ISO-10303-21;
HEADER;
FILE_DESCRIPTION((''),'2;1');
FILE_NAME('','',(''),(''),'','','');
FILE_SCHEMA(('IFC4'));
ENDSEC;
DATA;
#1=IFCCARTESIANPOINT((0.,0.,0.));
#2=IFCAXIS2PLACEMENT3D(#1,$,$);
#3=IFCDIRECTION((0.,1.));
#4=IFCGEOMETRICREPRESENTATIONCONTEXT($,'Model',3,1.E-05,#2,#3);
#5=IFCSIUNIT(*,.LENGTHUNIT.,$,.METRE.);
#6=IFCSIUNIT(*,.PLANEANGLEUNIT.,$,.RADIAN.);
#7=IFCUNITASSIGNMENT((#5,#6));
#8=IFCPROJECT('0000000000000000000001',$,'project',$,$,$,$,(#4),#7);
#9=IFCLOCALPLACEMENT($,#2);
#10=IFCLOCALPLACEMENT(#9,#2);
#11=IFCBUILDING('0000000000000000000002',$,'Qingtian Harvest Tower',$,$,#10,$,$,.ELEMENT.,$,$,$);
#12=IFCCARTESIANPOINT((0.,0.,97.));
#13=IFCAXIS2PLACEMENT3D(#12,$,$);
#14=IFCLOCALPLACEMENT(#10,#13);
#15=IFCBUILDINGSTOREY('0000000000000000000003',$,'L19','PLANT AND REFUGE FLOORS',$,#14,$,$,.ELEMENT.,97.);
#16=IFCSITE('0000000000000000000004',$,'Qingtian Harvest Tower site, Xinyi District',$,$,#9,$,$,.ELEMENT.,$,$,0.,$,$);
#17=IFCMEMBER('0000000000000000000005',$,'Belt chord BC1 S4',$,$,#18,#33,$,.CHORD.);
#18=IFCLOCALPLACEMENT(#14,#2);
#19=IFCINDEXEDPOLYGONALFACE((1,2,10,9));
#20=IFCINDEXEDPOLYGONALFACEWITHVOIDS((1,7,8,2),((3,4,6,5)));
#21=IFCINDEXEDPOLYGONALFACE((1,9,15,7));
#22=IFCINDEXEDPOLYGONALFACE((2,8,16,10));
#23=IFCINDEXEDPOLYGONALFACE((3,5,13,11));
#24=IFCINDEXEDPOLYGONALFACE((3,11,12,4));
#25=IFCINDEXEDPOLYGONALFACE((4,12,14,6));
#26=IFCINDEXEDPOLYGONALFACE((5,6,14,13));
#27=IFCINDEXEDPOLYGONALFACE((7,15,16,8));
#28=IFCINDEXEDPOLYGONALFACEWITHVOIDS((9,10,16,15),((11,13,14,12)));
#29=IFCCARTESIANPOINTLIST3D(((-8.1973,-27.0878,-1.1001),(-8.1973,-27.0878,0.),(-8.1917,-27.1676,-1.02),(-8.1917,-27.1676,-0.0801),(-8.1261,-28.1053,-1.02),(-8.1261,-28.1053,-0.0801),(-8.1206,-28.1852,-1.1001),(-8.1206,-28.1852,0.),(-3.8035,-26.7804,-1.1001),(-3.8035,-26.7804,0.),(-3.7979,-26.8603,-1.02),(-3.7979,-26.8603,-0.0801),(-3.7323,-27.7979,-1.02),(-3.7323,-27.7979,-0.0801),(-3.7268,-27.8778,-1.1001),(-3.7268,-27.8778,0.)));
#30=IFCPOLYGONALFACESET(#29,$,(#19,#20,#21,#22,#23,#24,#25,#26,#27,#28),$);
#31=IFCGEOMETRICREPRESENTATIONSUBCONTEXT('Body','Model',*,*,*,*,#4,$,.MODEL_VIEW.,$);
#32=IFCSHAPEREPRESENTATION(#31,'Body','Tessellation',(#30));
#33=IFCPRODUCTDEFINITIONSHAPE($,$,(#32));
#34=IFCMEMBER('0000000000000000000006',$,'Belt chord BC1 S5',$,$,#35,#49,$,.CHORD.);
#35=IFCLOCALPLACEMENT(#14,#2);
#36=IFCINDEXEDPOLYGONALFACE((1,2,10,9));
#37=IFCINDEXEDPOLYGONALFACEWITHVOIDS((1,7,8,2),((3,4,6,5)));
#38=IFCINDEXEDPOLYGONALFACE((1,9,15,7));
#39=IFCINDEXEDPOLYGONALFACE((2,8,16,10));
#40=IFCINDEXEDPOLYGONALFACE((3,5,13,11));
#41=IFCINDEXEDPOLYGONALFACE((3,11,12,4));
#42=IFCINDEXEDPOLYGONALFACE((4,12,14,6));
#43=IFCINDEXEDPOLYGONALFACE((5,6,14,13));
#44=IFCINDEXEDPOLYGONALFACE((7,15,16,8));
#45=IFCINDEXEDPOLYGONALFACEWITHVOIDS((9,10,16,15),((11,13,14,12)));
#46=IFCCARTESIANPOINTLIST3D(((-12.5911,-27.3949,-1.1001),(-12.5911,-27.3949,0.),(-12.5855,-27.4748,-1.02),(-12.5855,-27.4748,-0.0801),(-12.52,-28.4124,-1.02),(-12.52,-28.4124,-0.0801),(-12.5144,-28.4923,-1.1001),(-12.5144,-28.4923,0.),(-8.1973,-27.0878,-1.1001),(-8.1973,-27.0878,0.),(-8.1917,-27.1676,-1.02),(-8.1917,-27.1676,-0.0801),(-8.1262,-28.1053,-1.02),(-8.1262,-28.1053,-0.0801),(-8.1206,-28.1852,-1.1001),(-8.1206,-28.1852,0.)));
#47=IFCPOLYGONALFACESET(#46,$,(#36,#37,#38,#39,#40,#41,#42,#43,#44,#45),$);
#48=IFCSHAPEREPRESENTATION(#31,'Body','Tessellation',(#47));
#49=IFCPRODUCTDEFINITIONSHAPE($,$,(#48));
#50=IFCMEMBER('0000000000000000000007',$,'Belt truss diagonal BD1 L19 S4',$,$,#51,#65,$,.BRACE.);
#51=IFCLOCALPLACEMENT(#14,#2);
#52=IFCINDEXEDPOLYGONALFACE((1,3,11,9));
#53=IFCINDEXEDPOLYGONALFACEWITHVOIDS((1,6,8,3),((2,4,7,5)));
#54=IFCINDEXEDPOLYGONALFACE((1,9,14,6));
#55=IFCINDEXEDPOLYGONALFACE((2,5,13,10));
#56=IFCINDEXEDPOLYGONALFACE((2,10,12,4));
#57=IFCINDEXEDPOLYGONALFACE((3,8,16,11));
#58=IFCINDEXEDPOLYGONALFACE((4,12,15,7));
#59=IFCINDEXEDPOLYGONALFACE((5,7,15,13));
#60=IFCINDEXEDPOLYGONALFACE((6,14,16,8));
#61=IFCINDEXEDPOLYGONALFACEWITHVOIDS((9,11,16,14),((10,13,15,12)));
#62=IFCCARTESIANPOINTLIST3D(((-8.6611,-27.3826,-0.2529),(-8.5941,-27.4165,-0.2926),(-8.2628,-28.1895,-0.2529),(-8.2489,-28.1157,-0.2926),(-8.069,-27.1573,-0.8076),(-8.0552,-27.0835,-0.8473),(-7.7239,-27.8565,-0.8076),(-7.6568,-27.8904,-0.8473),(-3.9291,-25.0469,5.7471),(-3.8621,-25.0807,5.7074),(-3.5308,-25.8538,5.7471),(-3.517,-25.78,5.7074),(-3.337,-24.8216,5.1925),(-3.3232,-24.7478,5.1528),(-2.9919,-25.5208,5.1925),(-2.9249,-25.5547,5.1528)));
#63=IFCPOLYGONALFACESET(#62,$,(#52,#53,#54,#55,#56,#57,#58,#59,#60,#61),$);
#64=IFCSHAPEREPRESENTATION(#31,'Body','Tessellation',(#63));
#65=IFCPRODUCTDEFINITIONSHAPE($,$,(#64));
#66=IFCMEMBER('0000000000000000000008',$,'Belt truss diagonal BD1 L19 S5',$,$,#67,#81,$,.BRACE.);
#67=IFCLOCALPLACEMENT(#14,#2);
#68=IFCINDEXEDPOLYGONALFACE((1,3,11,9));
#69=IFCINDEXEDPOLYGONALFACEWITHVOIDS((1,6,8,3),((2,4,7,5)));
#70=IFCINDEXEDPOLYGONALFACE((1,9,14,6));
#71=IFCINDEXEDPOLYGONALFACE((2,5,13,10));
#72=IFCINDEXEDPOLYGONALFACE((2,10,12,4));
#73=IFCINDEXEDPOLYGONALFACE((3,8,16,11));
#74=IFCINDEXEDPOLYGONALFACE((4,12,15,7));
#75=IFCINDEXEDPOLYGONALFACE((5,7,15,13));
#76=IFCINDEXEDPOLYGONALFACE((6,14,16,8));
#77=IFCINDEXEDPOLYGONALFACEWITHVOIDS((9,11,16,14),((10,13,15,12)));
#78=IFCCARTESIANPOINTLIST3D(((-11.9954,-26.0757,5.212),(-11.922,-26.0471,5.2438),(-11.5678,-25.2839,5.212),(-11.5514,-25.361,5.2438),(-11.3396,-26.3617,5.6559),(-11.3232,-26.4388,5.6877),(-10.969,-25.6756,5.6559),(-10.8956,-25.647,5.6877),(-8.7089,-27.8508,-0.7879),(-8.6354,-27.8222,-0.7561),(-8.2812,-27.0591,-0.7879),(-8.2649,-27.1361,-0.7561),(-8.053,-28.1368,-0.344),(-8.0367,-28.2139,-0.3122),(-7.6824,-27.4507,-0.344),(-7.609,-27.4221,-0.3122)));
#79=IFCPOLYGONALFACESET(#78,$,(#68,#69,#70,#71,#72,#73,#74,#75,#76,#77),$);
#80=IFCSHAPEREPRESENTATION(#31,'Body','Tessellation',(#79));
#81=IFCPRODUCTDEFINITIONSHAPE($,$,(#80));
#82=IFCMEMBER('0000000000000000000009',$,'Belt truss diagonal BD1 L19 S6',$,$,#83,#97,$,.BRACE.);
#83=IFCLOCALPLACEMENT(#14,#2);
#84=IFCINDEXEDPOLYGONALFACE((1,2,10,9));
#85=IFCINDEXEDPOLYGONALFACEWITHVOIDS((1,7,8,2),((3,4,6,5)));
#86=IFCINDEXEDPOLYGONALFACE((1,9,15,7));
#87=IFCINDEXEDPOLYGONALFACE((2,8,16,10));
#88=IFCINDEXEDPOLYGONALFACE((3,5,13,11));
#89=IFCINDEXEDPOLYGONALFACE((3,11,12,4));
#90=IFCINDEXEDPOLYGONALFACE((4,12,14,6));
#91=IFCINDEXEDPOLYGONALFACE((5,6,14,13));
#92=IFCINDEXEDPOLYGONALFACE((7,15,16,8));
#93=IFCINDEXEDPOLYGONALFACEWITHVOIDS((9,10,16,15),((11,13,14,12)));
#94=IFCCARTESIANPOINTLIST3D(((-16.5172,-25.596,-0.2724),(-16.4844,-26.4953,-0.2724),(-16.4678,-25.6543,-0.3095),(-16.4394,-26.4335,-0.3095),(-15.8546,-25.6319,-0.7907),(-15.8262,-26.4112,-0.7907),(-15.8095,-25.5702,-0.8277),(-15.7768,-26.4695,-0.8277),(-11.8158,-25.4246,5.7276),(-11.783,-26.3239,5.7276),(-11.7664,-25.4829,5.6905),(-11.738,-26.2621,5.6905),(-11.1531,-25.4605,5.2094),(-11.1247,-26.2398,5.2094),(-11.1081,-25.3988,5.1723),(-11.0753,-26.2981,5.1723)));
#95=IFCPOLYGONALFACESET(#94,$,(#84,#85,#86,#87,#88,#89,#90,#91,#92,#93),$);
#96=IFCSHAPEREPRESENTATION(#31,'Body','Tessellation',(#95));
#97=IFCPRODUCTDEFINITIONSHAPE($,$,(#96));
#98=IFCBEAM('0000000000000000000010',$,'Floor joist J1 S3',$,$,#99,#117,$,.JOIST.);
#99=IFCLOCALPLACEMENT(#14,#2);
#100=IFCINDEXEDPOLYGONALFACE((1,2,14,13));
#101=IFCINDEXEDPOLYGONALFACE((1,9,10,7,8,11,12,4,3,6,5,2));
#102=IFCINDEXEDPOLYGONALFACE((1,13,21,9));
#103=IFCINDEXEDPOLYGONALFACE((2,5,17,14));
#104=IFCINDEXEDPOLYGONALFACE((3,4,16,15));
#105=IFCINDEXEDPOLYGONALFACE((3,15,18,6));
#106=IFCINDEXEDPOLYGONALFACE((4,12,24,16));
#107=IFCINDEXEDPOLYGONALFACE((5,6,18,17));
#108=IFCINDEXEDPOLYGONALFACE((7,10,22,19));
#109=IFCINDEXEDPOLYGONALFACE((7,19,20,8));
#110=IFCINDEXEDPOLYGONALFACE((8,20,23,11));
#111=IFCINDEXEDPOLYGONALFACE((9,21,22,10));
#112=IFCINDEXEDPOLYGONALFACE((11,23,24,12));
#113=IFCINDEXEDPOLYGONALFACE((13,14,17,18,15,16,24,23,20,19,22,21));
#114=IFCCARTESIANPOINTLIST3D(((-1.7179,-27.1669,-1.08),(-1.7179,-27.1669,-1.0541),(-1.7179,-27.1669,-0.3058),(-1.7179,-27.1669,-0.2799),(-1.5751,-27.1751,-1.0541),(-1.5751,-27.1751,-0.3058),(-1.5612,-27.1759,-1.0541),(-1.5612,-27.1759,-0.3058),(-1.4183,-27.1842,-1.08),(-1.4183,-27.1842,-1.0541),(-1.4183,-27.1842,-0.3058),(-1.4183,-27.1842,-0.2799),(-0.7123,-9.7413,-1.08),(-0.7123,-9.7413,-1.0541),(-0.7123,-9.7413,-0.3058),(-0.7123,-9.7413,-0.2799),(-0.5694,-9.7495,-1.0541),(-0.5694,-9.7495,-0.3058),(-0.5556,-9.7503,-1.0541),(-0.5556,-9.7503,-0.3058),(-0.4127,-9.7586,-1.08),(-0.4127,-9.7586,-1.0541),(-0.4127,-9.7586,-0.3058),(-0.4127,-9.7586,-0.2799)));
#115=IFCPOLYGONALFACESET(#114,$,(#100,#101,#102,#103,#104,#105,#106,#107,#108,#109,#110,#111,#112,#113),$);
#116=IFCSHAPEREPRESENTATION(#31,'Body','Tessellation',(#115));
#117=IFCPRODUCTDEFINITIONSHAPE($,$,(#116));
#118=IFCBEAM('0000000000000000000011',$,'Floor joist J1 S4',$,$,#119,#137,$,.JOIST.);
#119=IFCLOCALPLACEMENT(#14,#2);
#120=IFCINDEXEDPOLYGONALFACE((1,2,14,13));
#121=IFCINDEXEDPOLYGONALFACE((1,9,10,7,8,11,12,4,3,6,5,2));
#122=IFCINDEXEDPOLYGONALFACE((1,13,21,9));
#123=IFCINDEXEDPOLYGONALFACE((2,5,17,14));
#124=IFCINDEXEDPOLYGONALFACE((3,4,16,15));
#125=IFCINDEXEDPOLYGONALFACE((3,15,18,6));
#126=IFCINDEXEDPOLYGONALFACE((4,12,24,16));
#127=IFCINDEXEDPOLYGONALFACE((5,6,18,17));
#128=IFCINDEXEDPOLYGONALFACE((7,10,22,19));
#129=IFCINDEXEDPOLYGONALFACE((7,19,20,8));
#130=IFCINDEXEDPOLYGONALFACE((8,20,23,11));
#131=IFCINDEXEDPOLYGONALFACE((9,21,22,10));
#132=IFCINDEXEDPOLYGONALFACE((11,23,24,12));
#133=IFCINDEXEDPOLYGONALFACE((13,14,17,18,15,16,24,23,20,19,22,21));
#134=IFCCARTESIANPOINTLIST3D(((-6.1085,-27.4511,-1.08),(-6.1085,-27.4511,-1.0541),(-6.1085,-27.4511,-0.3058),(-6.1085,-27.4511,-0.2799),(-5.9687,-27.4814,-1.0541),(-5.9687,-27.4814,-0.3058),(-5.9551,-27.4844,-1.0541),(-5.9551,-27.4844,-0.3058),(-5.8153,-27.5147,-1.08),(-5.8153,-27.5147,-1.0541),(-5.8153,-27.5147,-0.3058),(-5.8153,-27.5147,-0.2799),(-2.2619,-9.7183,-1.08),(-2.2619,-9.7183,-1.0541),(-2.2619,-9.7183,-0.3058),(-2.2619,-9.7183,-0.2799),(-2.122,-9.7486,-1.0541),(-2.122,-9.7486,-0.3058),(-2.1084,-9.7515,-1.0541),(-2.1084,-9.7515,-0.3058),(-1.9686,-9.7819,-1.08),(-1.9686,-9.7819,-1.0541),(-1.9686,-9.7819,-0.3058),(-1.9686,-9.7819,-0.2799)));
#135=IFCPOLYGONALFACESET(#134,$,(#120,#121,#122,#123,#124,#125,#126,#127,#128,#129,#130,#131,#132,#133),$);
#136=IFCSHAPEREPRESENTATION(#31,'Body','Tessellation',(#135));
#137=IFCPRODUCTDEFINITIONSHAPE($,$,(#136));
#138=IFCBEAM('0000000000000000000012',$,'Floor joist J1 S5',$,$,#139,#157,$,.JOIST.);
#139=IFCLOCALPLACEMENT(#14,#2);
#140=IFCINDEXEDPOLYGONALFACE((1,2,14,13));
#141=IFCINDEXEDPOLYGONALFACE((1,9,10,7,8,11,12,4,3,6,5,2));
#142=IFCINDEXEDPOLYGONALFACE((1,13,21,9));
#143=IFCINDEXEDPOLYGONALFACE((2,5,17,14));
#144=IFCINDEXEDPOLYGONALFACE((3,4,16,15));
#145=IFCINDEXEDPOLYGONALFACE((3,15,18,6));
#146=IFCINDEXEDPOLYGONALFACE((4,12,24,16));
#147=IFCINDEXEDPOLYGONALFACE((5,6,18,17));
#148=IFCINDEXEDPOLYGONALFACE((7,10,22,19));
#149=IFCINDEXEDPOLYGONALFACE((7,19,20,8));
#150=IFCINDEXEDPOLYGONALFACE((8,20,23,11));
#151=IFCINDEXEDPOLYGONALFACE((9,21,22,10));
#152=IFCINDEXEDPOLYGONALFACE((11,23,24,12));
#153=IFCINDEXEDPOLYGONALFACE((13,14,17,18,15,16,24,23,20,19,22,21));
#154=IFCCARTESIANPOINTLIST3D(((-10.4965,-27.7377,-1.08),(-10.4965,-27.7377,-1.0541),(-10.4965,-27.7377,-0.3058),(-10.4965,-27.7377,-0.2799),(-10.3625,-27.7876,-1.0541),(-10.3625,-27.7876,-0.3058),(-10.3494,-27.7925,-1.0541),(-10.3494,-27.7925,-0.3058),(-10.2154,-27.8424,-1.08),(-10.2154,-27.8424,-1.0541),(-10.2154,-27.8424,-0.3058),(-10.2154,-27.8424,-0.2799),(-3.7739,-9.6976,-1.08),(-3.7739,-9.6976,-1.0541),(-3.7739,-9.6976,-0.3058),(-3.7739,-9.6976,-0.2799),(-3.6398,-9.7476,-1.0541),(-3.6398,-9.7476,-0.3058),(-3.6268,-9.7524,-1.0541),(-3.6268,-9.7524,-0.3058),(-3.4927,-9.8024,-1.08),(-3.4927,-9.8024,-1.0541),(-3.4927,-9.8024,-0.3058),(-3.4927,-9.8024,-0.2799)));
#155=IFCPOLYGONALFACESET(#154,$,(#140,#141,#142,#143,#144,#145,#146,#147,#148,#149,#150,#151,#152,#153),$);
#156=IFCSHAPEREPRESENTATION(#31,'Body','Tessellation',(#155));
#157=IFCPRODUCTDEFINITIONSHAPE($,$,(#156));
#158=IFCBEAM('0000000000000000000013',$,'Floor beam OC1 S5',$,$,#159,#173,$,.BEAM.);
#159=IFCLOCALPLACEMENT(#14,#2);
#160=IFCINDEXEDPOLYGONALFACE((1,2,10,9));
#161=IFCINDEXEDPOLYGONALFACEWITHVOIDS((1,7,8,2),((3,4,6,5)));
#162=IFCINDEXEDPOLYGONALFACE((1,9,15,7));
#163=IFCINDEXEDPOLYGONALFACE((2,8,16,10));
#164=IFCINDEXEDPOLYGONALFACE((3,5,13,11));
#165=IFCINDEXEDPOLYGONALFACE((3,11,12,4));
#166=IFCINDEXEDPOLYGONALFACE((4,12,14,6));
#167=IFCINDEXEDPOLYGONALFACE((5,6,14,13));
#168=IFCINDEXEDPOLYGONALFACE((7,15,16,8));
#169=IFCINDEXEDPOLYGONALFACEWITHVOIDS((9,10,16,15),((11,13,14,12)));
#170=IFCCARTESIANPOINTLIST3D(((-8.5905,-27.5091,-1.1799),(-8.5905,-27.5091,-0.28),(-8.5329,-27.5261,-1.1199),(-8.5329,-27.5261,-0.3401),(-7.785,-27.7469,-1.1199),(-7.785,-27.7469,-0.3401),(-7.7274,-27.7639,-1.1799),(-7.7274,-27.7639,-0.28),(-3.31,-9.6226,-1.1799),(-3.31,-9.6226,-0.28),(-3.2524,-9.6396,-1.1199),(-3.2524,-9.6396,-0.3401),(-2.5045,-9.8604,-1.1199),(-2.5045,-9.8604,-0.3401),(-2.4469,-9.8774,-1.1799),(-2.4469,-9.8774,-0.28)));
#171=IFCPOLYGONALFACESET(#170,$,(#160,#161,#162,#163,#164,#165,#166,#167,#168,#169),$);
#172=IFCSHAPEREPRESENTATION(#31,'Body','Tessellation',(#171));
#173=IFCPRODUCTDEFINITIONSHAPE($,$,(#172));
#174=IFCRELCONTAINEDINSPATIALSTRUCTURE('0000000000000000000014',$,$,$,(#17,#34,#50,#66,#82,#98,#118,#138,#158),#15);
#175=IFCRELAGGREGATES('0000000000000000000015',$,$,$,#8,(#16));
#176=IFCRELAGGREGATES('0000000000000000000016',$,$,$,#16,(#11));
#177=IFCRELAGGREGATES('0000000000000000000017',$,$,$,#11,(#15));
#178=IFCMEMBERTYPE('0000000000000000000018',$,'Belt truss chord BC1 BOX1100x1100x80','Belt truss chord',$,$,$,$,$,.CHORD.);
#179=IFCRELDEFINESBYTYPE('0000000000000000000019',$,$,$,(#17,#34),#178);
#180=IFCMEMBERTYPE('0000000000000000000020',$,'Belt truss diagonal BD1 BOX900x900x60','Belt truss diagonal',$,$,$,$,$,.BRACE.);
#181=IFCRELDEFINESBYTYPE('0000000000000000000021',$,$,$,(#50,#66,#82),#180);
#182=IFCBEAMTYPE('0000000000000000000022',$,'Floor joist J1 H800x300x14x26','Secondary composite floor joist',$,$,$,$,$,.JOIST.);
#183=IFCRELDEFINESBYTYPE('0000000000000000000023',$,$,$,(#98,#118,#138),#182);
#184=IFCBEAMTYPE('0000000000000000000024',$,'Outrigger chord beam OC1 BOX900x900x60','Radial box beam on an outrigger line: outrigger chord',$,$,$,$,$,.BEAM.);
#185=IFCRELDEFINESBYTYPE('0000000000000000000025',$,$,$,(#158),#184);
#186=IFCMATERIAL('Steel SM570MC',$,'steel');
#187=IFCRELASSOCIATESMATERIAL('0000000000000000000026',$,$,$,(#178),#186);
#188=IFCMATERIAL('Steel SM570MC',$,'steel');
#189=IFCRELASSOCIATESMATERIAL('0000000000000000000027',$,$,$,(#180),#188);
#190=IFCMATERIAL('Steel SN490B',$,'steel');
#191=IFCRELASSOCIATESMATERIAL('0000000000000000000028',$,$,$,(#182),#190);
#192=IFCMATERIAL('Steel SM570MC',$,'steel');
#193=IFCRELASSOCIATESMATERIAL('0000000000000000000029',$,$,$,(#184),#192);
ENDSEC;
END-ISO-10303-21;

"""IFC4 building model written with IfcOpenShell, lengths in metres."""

from ifc_helpers import new_model, si_unit, direction, frame, origin, origin_2d, place, context, subcontext, project, spatial, hollow_rectangle, i_section, extrude, material, material_profile, profile_set, type_object, element, save


model = new_model("IFC4")

# Units and contexts
model_context = context("Model", 3, precision=1e-05, world=origin(), true_north=direction((0.0, 1.0)))
body_context = subcontext(model_context, "Body", "Model", "MODEL_VIEW")
ifc_project = project(units=[si_unit("LENGTHUNIT", "METRE"), si_unit("PLANEANGLEUNIT", "RADIAN")], contexts=[model_context])

# Site, building, storey
site_placement = place(None, origin())
site = spatial("IfcSite", under=ifc_project, at=site_placement, Name="Qingtian Harvest Tower site, Xinyi District", CompositionType="ELEMENT", RefElevation=0.0)
building_placement = place(site_placement, origin())
building = spatial("IfcBuilding", under=site, at=building_placement, Name="Qingtian Harvest Tower", CompositionType="ELEMENT")
storey_placement = place(building_placement, frame((0.0, 0.0, 97.0)))
storey = spatial("IfcBuildingStorey", under=building, at=storey_placement, Name="L19", Description="PLANT AND REFUGE FLOORS", CompositionType="ELEMENT", Elevation=97.0)

# Members
ifc_material_1 = material(Name="Steel SM570MC", Category="steel")
ifc_material_profile_1 = material_profile(ifc_material_1, hollow_rectangle(XDim=1.1001, YDim=1.1001, WallThickness=0.0801, at=origin_2d()), Name="BOX1100x1100x80")
ifc_profile_set_1 = profile_set([ifc_material_profile_1], Name="Steel SM570MC")
member_type_1 = type_object("IfcMemberType", Name="Belt truss chord BC1 BOX1100x1100x80", Description="Belt truss chord", PredefinedType="CHORD", material=ifc_profile_set_1)
for number, where, z_axis, x_axis, name in (
    (1, (-3.7651, -27.3291, -0.55), (-0.997562, -0.069786, 0.0), (0.069786, -0.997562, 0.0), "Belt chord BC1 S4"),
    (2, (-8.1589, -27.6365, -0.55), (-0.997566, -0.06973, 0.0), (0.06973, -0.997566, 0.0), "Belt chord BC1 S5"),
):
    element("IfcMember", number, at=place(storey_placement, frame(where, z_axis=z_axis, x_axis=x_axis)), inside=storey, type_object=member_type_1, Name=name, PredefinedType="CHORD", context=body_context, shape_type="SweptSolid", body=[
        extrude(hollow_rectangle(XDim=1.1001, YDim=1.1001, WallThickness=0.0801, at=origin_2d()), origin(), (0.0, 0.0, 1.0), 4.4045),
    ])
ifc_material_2 = material(Name="Steel SM570MC", Category="steel")
ifc_material_profile_2 = material_profile(ifc_material_2, hollow_rectangle(XDim=0.8999, YDim=0.8999, WallThickness=0.0601, at=origin_2d()), Name="BOX900x900x60")
ifc_profile_set_2 = profile_set([ifc_material_profile_2], Name="Steel SM570MC")
member_type_2 = type_object("IfcMemberType", Name="Belt truss diagonal BD1 BOX900x900x60", Description="Belt truss diagonal", PredefinedType="BRACE", material=ifc_profile_set_2)
member_1_placement = place(storey_placement, frame((-3.427, -25.3008, 5.45), z_axis=(-0.592202, -0.292312, -0.7509), x_axis=(0.442618, -0.89671, 0.0)))
element("IfcMember", 3, at=member_1_placement, inside=storey, type_object=member_type_2, Name="Belt truss diagonal BD1 L19 S4", PredefinedType="BRACE", context=body_context, shape_type="SweptSolid", body=[
    extrude(hollow_rectangle(XDim=0.8999, YDim=0.8999, WallThickness=0.0601, at=origin_2d()), origin(), (0.0, 0.0, 1.0), 7.9905),
])
member_2_placement = place(storey_placement, frame((-8.1589, -27.6365, -0.55), z_axis=(-0.465017, 0.251162, 0.848927), x_axis=(-0.475226, -0.879864, 0.0)))
element("IfcMember", 4, at=member_2_placement, inside=storey, type_object=member_type_2, Name="Belt truss diagonal BD1 L19 S5", PredefinedType="BRACE", context=body_context, shape_type="SweptSolid", body=[
    extrude(hollow_rectangle(XDim=0.8999, YDim=0.8999, WallThickness=0.0601, at=origin_2d()), origin(), (0.0, 0.0, 1.0), 7.0676),
])
member_3_placement = place(storey_placement, frame((-11.4456, -25.8613, 5.45), z_axis=(-0.616621, -0.022478, -0.786939), x_axis=(0.03643, -0.999336, 0.0)))
element("IfcMember", 5, at=member_3_placement, inside=storey, type_object=member_type_2, Name="Belt truss diagonal BD1 L19 S6", PredefinedType="BRACE", context=body_context, shape_type="SweptSolid", body=[
    extrude(hollow_rectangle(XDim=0.8999, YDim=0.8999, WallThickness=0.0601, at=origin_2d()), origin(), (0.0, 0.0, 1.0), 7.6245),
])

# Beams
ifc_material_3 = material(Name="Steel SN490B", Category="steel")
ifc_material_profile_3 = material_profile(ifc_material_3, i_section(OverallWidth=0.3, OverallDepth=0.8, WebThickness=0.0139, FlangeThickness=0.0259, at=origin_2d()), Name="H800x300x14x26")
ifc_profile_set_3 = profile_set([ifc_material_profile_3], Name="Steel SN490B")
beam_type_1 = type_object("IfcBeamType", Name="Floor joist J1 H800x300x14x26", Description="Secondary composite floor joist", PredefinedType="JOIST", material=ifc_profile_set_3)
beam_1_placement = place(storey_placement, frame((-1.5681, -27.1755, -0.6799), z_axis=(0.057613, 0.998339, 0.0), x_axis=(-0.998339, 0.057613, 0.0)))
element("IfcBeam", 6, at=beam_1_placement, inside=storey, type_object=beam_type_1, Name="Floor joist J1 S3", PredefinedType="JOIST", context=body_context, shape_type="SweptSolid", body=[
    extrude(i_section(OverallWidth=0.3, OverallDepth=0.8, WebThickness=0.0139, FlangeThickness=0.0259, at=origin_2d()), origin(), (0.0, 0.0, 1.0), 17.4546),
])
beam_2_placement = place(storey_placement, frame((-5.9619, -27.4829, -0.6799), z_axis=(0.211993, 0.977271, 0.0), x_axis=(-0.977271, 0.211993, 0.0)))
element("IfcBeam", 7, at=beam_2_placement, inside=storey, type_object=beam_type_1, Name="Floor joist J1 S4", PredefinedType="JOIST", context=body_context, shape_type="SweptSolid", body=[
    extrude(i_section(OverallWidth=0.3, OverallDepth=0.8, WebThickness=0.0139, FlangeThickness=0.0259, at=origin_2d()), origin(), (0.0, 0.0, 1.0), 18.1453),
])
beam_3_placement = place(storey_placement, frame((-10.356, -27.79, -0.6799), z_axis=(0.349194, 0.937051, 0.0), x_axis=(-0.937051, 0.349194, 0.0)))
element("IfcBeam", 8, at=beam_3_placement, inside=storey, type_object=beam_type_1, Name="Floor joist J1 S5", PredefinedType="JOIST", context=body_context, shape_type="SweptSolid", body=[
    extrude(i_section(OverallWidth=0.3, OverallDepth=0.8, WebThickness=0.0139, FlangeThickness=0.0259, at=origin_2d()), origin(), (0.0, 0.0, 1.0), 19.252),
])
ifc_material_4 = material(Name="Steel SM570MC", Category="steel")
ifc_material_profile_4 = material_profile(ifc_material_4, hollow_rectangle(XDim=0.8999, YDim=0.8999, WallThickness=0.0601, at=origin_2d()), Name="BOX900x900x60")
ifc_profile_set_4 = profile_set([ifc_material_profile_4], Name="Steel SM570MC")
beam_type_2 = type_object("IfcBeamType", Name="Outrigger chord beam OC1 BOX900x900x60", Description="Radial box beam on an outrigger line: outrigger chord", PredefinedType="BEAM", material=ifc_profile_set_4)
beam_4_placement = place(storey_placement, frame((-8.1589, -27.6365, -0.73), z_axis=(0.283143, 0.959078, 0.0), x_axis=(-0.959078, 0.283143, 0.0)))
element("IfcBeam", 9, at=beam_4_placement, inside=storey, type_object=beam_type_2, Name="Floor beam OC1 S5", PredefinedType="BEAM", context=body_context, shape_type="SweptSolid", body=[
    extrude(hollow_rectangle(XDim=0.8999, YDim=0.8999, WallThickness=0.0601, at=origin_2d()), origin(), (0.0, 0.0, 1.0), 18.6497),
])

save(model, "model.ifc")
